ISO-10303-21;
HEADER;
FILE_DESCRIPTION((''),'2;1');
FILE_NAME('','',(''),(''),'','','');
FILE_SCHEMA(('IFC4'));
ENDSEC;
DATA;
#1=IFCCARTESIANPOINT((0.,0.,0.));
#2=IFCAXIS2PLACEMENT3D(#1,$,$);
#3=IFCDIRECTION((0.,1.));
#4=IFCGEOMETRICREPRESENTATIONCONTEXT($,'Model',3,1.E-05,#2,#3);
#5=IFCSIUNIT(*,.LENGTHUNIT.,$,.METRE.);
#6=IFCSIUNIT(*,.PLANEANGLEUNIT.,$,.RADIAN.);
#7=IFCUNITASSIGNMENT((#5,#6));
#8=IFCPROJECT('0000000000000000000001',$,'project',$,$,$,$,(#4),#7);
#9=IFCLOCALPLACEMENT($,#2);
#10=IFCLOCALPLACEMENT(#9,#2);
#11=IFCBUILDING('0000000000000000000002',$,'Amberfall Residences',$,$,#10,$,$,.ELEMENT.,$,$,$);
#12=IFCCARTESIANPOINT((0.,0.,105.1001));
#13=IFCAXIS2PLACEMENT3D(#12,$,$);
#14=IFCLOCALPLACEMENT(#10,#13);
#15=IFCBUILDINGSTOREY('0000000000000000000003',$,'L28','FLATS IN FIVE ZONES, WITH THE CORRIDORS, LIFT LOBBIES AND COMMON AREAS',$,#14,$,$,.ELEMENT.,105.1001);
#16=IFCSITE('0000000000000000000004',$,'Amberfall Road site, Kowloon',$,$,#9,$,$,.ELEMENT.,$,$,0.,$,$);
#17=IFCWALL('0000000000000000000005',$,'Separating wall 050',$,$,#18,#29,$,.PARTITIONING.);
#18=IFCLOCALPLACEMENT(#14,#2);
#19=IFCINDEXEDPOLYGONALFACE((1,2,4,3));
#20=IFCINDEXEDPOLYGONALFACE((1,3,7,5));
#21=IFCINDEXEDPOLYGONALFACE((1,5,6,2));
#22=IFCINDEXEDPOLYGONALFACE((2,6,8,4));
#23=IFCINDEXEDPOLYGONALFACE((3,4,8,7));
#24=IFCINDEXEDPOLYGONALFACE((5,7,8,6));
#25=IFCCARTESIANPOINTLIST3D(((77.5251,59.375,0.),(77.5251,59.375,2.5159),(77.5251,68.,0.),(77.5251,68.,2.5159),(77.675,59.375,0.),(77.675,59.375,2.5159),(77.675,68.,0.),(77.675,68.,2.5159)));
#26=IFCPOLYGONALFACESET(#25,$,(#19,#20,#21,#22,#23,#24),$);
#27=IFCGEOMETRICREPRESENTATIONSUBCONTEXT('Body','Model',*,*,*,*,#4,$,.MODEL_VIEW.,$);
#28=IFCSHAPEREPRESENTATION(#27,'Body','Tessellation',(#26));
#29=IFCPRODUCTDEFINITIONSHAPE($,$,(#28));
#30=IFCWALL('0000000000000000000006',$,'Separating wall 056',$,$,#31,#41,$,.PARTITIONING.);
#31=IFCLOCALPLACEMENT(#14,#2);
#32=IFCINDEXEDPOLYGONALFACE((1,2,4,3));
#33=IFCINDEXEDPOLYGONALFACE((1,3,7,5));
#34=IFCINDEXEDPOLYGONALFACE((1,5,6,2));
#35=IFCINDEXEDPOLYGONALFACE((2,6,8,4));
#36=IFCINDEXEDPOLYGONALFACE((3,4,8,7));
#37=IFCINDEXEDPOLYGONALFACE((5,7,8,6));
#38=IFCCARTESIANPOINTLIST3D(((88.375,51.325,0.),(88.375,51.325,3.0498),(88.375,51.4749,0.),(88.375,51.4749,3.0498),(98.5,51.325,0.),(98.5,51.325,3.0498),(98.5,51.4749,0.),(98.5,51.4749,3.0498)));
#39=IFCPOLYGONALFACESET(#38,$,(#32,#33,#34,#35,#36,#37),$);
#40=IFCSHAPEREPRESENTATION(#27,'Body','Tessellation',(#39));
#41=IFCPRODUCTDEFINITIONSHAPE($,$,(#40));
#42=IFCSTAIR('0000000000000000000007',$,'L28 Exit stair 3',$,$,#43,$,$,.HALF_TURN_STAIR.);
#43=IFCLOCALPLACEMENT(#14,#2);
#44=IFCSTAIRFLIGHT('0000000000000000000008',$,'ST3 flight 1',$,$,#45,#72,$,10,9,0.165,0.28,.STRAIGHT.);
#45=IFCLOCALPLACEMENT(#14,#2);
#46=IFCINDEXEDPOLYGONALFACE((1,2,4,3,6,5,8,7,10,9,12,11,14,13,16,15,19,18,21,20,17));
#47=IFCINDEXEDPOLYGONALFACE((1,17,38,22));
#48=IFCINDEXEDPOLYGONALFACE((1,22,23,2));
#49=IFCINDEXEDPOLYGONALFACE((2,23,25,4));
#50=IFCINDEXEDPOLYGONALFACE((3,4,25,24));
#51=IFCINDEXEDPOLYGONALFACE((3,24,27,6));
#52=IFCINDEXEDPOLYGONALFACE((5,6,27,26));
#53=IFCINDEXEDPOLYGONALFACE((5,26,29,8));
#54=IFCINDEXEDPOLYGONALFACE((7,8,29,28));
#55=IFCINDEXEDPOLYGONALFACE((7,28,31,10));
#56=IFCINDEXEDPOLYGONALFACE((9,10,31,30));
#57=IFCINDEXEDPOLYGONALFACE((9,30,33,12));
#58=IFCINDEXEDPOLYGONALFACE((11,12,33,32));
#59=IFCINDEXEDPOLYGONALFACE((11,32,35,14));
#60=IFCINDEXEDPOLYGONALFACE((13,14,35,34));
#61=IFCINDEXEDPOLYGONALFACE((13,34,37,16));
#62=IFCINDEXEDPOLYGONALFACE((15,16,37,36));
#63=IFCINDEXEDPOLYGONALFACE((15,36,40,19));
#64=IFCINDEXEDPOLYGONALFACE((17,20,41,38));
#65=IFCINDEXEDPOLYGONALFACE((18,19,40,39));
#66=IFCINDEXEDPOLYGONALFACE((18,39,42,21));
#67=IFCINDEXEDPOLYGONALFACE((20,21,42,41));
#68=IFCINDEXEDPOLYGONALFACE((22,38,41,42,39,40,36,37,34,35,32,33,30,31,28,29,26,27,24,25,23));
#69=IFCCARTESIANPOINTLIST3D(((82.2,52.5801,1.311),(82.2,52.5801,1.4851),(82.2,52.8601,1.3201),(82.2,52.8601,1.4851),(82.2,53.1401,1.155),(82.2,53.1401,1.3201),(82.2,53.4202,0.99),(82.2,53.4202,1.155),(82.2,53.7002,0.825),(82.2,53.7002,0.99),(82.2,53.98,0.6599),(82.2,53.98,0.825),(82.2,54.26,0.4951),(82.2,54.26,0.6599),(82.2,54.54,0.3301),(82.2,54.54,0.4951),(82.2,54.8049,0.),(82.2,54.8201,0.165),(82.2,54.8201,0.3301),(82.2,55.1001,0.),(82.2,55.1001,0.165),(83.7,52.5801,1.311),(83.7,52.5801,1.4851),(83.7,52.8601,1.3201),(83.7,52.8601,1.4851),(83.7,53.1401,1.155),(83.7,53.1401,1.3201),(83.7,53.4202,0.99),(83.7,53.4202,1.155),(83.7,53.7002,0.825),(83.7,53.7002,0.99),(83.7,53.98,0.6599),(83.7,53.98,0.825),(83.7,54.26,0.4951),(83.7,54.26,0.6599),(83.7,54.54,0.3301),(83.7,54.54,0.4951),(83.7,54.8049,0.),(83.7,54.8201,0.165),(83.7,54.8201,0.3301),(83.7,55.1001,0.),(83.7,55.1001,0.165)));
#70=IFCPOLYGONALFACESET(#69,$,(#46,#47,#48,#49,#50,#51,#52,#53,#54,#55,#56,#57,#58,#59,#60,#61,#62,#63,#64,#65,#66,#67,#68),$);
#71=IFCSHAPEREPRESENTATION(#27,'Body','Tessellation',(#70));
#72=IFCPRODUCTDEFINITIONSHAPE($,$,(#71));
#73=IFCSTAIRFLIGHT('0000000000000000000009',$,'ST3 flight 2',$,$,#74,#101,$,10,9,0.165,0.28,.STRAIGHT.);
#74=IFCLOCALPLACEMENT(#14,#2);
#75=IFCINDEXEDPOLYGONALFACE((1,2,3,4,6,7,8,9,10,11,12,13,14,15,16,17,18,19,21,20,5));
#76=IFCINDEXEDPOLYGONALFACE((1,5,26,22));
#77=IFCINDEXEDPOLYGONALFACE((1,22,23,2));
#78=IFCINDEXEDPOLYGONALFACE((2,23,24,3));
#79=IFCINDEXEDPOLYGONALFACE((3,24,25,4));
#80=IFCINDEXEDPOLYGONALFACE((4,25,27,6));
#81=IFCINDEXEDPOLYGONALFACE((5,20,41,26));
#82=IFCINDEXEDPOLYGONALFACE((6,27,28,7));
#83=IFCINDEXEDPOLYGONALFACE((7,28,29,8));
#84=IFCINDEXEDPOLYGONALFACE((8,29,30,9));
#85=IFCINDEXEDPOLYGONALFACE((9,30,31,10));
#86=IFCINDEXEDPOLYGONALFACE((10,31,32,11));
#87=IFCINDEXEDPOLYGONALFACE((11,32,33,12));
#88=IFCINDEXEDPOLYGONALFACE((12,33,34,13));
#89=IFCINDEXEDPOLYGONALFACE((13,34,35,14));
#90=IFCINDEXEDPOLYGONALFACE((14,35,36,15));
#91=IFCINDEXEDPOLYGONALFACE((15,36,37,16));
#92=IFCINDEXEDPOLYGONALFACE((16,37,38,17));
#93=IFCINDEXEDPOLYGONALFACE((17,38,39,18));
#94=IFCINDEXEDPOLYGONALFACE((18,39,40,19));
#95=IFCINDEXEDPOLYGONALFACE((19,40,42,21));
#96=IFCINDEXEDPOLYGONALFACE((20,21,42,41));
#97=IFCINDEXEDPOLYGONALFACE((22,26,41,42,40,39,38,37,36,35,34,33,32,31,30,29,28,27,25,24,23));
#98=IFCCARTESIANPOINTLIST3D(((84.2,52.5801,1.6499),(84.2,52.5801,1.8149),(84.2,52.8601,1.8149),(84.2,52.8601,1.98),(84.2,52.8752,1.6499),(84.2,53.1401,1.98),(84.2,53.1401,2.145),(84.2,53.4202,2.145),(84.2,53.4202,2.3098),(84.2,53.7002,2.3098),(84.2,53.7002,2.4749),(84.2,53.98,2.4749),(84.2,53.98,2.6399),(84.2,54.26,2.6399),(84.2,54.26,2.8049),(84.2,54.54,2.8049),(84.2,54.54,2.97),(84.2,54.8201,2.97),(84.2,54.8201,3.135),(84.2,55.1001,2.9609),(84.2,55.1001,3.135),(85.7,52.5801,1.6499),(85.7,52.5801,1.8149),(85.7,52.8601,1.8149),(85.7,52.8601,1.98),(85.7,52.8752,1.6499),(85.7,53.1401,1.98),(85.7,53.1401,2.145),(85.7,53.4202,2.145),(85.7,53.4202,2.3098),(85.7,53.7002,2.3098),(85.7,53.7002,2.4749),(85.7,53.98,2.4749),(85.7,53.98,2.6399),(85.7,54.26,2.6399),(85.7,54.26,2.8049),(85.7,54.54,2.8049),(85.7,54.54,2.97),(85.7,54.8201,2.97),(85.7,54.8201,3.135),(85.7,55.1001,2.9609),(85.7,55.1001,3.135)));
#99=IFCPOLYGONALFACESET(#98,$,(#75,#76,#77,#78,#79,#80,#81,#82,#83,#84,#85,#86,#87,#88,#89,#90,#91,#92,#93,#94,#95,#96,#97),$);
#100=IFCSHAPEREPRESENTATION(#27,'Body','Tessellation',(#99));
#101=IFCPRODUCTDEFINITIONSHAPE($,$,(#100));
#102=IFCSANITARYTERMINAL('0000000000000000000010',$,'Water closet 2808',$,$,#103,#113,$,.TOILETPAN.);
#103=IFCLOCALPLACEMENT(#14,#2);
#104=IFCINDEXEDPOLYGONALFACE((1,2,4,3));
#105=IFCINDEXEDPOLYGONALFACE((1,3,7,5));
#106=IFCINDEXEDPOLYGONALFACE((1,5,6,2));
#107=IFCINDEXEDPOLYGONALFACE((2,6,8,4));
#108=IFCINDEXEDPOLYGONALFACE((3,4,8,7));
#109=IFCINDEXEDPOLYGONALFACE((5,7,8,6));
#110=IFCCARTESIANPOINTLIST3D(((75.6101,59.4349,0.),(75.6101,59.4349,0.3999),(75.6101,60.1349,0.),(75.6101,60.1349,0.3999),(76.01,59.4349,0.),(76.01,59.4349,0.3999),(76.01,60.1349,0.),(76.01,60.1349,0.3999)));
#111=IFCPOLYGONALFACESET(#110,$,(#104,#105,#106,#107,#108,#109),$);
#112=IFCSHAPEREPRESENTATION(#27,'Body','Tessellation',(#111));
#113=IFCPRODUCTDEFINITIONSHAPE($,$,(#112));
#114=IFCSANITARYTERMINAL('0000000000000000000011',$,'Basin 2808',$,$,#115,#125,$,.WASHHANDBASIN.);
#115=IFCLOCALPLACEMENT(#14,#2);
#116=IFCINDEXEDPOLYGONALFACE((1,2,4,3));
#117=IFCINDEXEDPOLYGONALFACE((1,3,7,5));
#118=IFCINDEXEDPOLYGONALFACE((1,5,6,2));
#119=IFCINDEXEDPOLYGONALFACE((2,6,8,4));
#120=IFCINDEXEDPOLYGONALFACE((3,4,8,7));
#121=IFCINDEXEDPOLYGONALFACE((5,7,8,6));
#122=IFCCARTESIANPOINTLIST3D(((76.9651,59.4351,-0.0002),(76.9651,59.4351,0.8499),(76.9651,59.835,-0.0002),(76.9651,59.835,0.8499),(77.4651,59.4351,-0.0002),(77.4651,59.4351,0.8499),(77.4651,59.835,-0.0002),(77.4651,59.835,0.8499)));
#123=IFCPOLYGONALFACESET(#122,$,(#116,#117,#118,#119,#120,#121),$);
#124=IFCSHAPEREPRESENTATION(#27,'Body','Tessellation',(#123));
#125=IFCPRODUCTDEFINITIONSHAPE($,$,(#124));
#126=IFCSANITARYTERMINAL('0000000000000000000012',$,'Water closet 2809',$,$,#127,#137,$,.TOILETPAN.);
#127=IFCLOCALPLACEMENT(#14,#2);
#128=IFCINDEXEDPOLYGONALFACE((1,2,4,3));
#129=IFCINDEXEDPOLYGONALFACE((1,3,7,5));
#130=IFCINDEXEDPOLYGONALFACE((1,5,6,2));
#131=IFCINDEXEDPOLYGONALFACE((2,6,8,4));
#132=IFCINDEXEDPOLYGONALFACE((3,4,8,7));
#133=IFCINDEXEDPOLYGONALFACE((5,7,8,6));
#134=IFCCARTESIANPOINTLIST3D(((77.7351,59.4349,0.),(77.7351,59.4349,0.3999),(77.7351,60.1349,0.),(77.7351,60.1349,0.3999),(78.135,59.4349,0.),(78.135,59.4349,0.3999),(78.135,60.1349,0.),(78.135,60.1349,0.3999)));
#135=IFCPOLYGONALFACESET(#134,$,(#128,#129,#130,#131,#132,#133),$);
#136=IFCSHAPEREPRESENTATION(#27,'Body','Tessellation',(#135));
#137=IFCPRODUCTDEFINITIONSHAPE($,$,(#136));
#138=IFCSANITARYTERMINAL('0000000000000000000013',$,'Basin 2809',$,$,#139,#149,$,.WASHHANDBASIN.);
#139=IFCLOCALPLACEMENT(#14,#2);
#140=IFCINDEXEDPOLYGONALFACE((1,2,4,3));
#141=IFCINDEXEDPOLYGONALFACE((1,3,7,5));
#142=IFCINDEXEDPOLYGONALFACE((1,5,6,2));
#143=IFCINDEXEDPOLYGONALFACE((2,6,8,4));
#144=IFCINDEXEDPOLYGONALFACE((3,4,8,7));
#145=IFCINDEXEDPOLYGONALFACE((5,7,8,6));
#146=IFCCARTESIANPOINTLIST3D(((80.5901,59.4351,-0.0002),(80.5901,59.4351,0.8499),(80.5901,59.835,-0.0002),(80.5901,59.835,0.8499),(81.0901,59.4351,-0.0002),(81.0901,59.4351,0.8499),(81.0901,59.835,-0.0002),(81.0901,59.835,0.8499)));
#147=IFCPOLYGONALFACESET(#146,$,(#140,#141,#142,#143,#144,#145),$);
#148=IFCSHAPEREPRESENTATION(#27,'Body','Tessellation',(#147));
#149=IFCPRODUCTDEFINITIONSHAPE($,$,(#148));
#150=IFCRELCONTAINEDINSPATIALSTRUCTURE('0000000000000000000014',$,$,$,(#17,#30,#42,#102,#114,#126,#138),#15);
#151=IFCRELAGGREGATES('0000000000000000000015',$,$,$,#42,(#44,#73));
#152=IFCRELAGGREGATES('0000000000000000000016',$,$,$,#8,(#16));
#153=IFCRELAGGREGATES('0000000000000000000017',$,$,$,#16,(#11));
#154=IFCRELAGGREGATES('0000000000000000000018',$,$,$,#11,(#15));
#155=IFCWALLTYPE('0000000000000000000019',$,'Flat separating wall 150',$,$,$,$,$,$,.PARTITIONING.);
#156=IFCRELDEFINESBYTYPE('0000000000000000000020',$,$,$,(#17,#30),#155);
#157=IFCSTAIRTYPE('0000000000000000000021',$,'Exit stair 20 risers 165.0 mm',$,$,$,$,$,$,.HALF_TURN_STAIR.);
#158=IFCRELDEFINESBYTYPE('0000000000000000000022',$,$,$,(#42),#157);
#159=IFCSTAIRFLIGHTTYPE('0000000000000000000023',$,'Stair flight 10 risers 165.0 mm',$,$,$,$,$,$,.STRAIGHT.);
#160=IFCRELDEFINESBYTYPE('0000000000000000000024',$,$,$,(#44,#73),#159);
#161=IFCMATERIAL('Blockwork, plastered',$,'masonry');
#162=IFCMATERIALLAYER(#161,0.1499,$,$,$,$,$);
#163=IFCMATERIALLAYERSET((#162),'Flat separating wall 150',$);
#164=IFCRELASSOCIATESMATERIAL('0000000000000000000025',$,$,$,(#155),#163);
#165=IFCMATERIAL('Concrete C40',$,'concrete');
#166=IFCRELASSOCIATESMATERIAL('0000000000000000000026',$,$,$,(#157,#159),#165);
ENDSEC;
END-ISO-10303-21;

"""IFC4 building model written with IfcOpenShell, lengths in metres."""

from ifc_helpers import new_model, si_unit, direction, frame, frame_2d, origin, origin_2d, place, context, subcontext, project, spatial, polyline, rectangle, outline, extrude, material, layer, layer_set, type_object, element, aggregate, save


model = new_model("IFC4")

# Units and contexts
model_context = context("Model", 3, precision=1e-05, world=origin(), true_north=direction((0.0, 1.0)))
body_context = subcontext(model_context, "Body", "Model", "MODEL_VIEW")
ifc_project = project(units=[si_unit("LENGTHUNIT", "METRE"), si_unit("PLANEANGLEUNIT", "RADIAN")], contexts=[model_context])

# Site, building, storey
site_placement = place(None, origin())
site = spatial("IfcSite", under=ifc_project, at=site_placement, Name="Amberfall Road site, Kowloon", CompositionType="ELEMENT", RefElevation=0.0)
building_placement = place(site_placement, origin())
building = spatial("IfcBuilding", under=site, at=building_placement, Name="Amberfall Residences", CompositionType="ELEMENT")
storey_placement = place(building_placement, frame((0.0, 0.0, 105.1001)))
storey = spatial("IfcBuildingStorey", under=building, at=storey_placement, Name="L28", Description="FLATS IN FIVE ZONES, WITH THE CORRIDORS, LIFT LOBBIES AND COMMON AREAS", CompositionType="ELEMENT", Elevation=105.1001)

# Walls
ifc_material_1 = material(Name="Blockwork, plastered", Category="masonry")
ifc_layer_1 = layer(ifc_material_1, 0.1499)
ifc_layer_set_1 = layer_set([ifc_layer_1], Name="Flat separating wall 150")
wall_type_1 = type_object("IfcWallType", Name="Flat separating wall 150", PredefinedType="PARTITIONING", material=ifc_layer_set_1)
for number, where, z_axis, x_axis, name in (
    (1, (77.6001, 59.375, 0.0), (0.0, 0.0, 1.0), (0.0, 1.0, 0.0), "Separating wall 050"),
):
    element("IfcWall", number, at=place(storey_placement, frame(where, z_axis=z_axis, x_axis=x_axis)), inside=storey, type_object=wall_type_1, Name=name, PredefinedType="PARTITIONING", context=body_context, shape_type="SweptSolid", body=[
        extrude(rectangle(XDim=8.625, YDim=0.1499, at=frame_2d((4.3125, 0.0))), origin(), (0.0, 0.0, 1.0), 2.5159),
    ])
wall_1_placement = place(storey_placement, frame((88.375, 51.3999, 0.0), z_axis=(0.0, 0.0, 1.0), x_axis=(1.0, 0.0, 0.0)))
element("IfcWall", 2, at=wall_1_placement, inside=storey, type_object=wall_type_1, Name="Separating wall 056", PredefinedType="PARTITIONING", context=body_context, shape_type="SweptSolid", body=[
    extrude(rectangle(XDim=10.125, YDim=0.1499, at=frame_2d((5.0625, 0.0))), origin(), (0.0, 0.0, 1.0), 3.0498),
])

# Stair, stair flights
ifc_material_2 = material(Name="Concrete C40", Category="concrete")
stair_type = type_object("IfcStairType", Name="Exit stair 20 risers 165.0 mm", PredefinedType="HALF_TURN_STAIR", material=ifc_material_2)
stair_placement = place(storey_placement, origin())
stair = element("IfcStair", 3, at=stair_placement, inside=storey, type_object=stair_type, Name="L28 Exit stair 3", PredefinedType="HALF_TURN_STAIR")
stair_flight_type = type_object("IfcStairFlightType", Name="Stair flight 10 risers 165.0 mm", PredefinedType="STRAIGHT", material=ifc_material_2)
stair_flight_1_placement = place(storey_placement, frame((82.95, 55.1001, 0.0), z_axis=(0.0, 0.0, 1.0), x_axis=(0.0, -1.0, 0.0)))
stair_flight_1 = element("IfcStairFlight", 4, at=stair_flight_1_placement, type_object=stair_flight_type, Name="ST3 flight 1", NumberOfRisers=10, NumberOfTreads=9, PredefinedType="STRAIGHT", RiserHeight=0.165, TreadLength=0.28, context=body_context, shape_type="SweptSolid", body=[
    extrude(outline(polyline([(0.0, 0.0), (0.0, 0.165), (0.28, 0.165), (0.28, 0.3301), (0.5601, 0.3301), (0.5601, 0.4951), (0.8401, 0.4951), (0.8401, 0.6599), (1.1201, 0.6599), (1.1201, 0.825), (1.3999, 0.825), (1.3999, 0.99), (1.6799, 0.99), (1.6799, 1.155), (1.96, 1.155), (1.96, 1.3201), (2.24, 1.3201), (2.24, 1.4851), (2.52, 1.4851), (2.52, 1.6499), (2.52, 1.311), (0.2952, 0.0), (0.0, 0.0)])), frame((0.0, 0.75, 0.0), z_axis=(0.0, -1.0, 0.0), x_axis=(1.0, 0.0, 0.0)), (0.0, 0.0, 1.0), 1.5),
])
stair_flight_2_placement = place(storey_placement, frame((84.95, 52.5801, 1.6499), z_axis=(0.0, 0.0, 1.0), x_axis=(0.0, 1.0, 0.0)))
stair_flight_2 = element("IfcStairFlight", 5, at=stair_flight_2_placement, type_object=stair_flight_type, Name="ST3 flight 2", NumberOfRisers=10, NumberOfTreads=9, PredefinedType="STRAIGHT", RiserHeight=0.165, TreadLength=0.28, context=body_context, shape_type="SweptSolid", body=[
    extrude(outline(polyline([(0.0, 0.0), (0.0, 0.165), (0.28, 0.165), (0.28, 0.3301), (0.5601, 0.3301), (0.5601, 0.4951), (0.8401, 0.4951), (0.8401, 0.6599), (1.1201, 0.6599), (1.1201, 0.825), (1.3999, 0.825), (1.3999, 0.99), (1.6799, 0.99), (1.6799, 1.155), (1.96, 1.155), (1.96, 1.3201), (2.24, 1.3201), (2.24, 1.4851), (2.52, 1.4851), (2.52, 1.6499), (2.52, 1.311), (0.2952, 0.0), (0.0, 0.0)])), frame((0.0, 0.75, 0.0), z_axis=(0.0, -1.0, 0.0), x_axis=(1.0, 0.0, 0.0)), (0.0, 0.0, 1.0), 1.5),
])
aggregate(stair, [stair_flight_1, stair_flight_2])

# Sanitary terminals
sanitary_terminal_1_placement = place(storey_placement, frame((75.8101, 59.7849, 0.0), z_axis=(0.0, 0.0, 1.0), x_axis=(1.0, 0.0, 0.0)))
element("IfcSanitaryTerminal", 6, at=sanitary_terminal_1_placement, inside=storey, Name="Water closet 2808", PredefinedType="TOILETPAN", context=body_context, shape_type="SweptSolid", body=[
    extrude(rectangle(XDim=0.3999, YDim=0.7, at=origin_2d()), origin(), (0.0, 0.0, 1.0), 0.3999),
])
sanitary_terminal_2_placement = place(storey_placement, frame((77.2151, 59.635, -0.0002), z_axis=(0.0, 0.0, 1.0), x_axis=(1.0, 0.0, 0.0)))
element("IfcSanitaryTerminal", 7, at=sanitary_terminal_2_placement, inside=storey, Name="Basin 2808", PredefinedType="WASHHANDBASIN", context=body_context, shape_type="SweptSolid", body=[
    extrude(rectangle(XDim=0.5, YDim=0.3999, at=origin_2d()), origin(), (0.0, 0.0, 1.0), 0.8501),
])
sanitary_terminal_3_placement = place(storey_placement, frame((77.9351, 59.7849, 0.0), z_axis=(0.0, 0.0, 1.0), x_axis=(1.0, 0.0, 0.0)))
element("IfcSanitaryTerminal", 8, at=sanitary_terminal_3_placement, inside=storey, Name="Water closet 2809", PredefinedType="TOILETPAN", context=body_context, shape_type="SweptSolid", body=[
    extrude(rectangle(XDim=0.3999, YDim=0.7, at=origin_2d()), origin(), (0.0, 0.0, 1.0), 0.3999),
])
sanitary_terminal_4_placement = place(storey_placement, frame((80.8401, 59.635, -0.0002), z_axis=(0.0, 0.0, 1.0), x_axis=(1.0, 0.0, 0.0)))
element("IfcSanitaryTerminal", 9, at=sanitary_terminal_4_placement, inside=storey, Name="Basin 2809", PredefinedType="WASHHANDBASIN", context=body_context, shape_type="SweptSolid", body=[
    extrude(rectangle(XDim=0.5, YDim=0.3999, at=origin_2d()), origin(), (0.0, 0.0, 1.0), 0.8501),
])

save(model, "model.ifc")
